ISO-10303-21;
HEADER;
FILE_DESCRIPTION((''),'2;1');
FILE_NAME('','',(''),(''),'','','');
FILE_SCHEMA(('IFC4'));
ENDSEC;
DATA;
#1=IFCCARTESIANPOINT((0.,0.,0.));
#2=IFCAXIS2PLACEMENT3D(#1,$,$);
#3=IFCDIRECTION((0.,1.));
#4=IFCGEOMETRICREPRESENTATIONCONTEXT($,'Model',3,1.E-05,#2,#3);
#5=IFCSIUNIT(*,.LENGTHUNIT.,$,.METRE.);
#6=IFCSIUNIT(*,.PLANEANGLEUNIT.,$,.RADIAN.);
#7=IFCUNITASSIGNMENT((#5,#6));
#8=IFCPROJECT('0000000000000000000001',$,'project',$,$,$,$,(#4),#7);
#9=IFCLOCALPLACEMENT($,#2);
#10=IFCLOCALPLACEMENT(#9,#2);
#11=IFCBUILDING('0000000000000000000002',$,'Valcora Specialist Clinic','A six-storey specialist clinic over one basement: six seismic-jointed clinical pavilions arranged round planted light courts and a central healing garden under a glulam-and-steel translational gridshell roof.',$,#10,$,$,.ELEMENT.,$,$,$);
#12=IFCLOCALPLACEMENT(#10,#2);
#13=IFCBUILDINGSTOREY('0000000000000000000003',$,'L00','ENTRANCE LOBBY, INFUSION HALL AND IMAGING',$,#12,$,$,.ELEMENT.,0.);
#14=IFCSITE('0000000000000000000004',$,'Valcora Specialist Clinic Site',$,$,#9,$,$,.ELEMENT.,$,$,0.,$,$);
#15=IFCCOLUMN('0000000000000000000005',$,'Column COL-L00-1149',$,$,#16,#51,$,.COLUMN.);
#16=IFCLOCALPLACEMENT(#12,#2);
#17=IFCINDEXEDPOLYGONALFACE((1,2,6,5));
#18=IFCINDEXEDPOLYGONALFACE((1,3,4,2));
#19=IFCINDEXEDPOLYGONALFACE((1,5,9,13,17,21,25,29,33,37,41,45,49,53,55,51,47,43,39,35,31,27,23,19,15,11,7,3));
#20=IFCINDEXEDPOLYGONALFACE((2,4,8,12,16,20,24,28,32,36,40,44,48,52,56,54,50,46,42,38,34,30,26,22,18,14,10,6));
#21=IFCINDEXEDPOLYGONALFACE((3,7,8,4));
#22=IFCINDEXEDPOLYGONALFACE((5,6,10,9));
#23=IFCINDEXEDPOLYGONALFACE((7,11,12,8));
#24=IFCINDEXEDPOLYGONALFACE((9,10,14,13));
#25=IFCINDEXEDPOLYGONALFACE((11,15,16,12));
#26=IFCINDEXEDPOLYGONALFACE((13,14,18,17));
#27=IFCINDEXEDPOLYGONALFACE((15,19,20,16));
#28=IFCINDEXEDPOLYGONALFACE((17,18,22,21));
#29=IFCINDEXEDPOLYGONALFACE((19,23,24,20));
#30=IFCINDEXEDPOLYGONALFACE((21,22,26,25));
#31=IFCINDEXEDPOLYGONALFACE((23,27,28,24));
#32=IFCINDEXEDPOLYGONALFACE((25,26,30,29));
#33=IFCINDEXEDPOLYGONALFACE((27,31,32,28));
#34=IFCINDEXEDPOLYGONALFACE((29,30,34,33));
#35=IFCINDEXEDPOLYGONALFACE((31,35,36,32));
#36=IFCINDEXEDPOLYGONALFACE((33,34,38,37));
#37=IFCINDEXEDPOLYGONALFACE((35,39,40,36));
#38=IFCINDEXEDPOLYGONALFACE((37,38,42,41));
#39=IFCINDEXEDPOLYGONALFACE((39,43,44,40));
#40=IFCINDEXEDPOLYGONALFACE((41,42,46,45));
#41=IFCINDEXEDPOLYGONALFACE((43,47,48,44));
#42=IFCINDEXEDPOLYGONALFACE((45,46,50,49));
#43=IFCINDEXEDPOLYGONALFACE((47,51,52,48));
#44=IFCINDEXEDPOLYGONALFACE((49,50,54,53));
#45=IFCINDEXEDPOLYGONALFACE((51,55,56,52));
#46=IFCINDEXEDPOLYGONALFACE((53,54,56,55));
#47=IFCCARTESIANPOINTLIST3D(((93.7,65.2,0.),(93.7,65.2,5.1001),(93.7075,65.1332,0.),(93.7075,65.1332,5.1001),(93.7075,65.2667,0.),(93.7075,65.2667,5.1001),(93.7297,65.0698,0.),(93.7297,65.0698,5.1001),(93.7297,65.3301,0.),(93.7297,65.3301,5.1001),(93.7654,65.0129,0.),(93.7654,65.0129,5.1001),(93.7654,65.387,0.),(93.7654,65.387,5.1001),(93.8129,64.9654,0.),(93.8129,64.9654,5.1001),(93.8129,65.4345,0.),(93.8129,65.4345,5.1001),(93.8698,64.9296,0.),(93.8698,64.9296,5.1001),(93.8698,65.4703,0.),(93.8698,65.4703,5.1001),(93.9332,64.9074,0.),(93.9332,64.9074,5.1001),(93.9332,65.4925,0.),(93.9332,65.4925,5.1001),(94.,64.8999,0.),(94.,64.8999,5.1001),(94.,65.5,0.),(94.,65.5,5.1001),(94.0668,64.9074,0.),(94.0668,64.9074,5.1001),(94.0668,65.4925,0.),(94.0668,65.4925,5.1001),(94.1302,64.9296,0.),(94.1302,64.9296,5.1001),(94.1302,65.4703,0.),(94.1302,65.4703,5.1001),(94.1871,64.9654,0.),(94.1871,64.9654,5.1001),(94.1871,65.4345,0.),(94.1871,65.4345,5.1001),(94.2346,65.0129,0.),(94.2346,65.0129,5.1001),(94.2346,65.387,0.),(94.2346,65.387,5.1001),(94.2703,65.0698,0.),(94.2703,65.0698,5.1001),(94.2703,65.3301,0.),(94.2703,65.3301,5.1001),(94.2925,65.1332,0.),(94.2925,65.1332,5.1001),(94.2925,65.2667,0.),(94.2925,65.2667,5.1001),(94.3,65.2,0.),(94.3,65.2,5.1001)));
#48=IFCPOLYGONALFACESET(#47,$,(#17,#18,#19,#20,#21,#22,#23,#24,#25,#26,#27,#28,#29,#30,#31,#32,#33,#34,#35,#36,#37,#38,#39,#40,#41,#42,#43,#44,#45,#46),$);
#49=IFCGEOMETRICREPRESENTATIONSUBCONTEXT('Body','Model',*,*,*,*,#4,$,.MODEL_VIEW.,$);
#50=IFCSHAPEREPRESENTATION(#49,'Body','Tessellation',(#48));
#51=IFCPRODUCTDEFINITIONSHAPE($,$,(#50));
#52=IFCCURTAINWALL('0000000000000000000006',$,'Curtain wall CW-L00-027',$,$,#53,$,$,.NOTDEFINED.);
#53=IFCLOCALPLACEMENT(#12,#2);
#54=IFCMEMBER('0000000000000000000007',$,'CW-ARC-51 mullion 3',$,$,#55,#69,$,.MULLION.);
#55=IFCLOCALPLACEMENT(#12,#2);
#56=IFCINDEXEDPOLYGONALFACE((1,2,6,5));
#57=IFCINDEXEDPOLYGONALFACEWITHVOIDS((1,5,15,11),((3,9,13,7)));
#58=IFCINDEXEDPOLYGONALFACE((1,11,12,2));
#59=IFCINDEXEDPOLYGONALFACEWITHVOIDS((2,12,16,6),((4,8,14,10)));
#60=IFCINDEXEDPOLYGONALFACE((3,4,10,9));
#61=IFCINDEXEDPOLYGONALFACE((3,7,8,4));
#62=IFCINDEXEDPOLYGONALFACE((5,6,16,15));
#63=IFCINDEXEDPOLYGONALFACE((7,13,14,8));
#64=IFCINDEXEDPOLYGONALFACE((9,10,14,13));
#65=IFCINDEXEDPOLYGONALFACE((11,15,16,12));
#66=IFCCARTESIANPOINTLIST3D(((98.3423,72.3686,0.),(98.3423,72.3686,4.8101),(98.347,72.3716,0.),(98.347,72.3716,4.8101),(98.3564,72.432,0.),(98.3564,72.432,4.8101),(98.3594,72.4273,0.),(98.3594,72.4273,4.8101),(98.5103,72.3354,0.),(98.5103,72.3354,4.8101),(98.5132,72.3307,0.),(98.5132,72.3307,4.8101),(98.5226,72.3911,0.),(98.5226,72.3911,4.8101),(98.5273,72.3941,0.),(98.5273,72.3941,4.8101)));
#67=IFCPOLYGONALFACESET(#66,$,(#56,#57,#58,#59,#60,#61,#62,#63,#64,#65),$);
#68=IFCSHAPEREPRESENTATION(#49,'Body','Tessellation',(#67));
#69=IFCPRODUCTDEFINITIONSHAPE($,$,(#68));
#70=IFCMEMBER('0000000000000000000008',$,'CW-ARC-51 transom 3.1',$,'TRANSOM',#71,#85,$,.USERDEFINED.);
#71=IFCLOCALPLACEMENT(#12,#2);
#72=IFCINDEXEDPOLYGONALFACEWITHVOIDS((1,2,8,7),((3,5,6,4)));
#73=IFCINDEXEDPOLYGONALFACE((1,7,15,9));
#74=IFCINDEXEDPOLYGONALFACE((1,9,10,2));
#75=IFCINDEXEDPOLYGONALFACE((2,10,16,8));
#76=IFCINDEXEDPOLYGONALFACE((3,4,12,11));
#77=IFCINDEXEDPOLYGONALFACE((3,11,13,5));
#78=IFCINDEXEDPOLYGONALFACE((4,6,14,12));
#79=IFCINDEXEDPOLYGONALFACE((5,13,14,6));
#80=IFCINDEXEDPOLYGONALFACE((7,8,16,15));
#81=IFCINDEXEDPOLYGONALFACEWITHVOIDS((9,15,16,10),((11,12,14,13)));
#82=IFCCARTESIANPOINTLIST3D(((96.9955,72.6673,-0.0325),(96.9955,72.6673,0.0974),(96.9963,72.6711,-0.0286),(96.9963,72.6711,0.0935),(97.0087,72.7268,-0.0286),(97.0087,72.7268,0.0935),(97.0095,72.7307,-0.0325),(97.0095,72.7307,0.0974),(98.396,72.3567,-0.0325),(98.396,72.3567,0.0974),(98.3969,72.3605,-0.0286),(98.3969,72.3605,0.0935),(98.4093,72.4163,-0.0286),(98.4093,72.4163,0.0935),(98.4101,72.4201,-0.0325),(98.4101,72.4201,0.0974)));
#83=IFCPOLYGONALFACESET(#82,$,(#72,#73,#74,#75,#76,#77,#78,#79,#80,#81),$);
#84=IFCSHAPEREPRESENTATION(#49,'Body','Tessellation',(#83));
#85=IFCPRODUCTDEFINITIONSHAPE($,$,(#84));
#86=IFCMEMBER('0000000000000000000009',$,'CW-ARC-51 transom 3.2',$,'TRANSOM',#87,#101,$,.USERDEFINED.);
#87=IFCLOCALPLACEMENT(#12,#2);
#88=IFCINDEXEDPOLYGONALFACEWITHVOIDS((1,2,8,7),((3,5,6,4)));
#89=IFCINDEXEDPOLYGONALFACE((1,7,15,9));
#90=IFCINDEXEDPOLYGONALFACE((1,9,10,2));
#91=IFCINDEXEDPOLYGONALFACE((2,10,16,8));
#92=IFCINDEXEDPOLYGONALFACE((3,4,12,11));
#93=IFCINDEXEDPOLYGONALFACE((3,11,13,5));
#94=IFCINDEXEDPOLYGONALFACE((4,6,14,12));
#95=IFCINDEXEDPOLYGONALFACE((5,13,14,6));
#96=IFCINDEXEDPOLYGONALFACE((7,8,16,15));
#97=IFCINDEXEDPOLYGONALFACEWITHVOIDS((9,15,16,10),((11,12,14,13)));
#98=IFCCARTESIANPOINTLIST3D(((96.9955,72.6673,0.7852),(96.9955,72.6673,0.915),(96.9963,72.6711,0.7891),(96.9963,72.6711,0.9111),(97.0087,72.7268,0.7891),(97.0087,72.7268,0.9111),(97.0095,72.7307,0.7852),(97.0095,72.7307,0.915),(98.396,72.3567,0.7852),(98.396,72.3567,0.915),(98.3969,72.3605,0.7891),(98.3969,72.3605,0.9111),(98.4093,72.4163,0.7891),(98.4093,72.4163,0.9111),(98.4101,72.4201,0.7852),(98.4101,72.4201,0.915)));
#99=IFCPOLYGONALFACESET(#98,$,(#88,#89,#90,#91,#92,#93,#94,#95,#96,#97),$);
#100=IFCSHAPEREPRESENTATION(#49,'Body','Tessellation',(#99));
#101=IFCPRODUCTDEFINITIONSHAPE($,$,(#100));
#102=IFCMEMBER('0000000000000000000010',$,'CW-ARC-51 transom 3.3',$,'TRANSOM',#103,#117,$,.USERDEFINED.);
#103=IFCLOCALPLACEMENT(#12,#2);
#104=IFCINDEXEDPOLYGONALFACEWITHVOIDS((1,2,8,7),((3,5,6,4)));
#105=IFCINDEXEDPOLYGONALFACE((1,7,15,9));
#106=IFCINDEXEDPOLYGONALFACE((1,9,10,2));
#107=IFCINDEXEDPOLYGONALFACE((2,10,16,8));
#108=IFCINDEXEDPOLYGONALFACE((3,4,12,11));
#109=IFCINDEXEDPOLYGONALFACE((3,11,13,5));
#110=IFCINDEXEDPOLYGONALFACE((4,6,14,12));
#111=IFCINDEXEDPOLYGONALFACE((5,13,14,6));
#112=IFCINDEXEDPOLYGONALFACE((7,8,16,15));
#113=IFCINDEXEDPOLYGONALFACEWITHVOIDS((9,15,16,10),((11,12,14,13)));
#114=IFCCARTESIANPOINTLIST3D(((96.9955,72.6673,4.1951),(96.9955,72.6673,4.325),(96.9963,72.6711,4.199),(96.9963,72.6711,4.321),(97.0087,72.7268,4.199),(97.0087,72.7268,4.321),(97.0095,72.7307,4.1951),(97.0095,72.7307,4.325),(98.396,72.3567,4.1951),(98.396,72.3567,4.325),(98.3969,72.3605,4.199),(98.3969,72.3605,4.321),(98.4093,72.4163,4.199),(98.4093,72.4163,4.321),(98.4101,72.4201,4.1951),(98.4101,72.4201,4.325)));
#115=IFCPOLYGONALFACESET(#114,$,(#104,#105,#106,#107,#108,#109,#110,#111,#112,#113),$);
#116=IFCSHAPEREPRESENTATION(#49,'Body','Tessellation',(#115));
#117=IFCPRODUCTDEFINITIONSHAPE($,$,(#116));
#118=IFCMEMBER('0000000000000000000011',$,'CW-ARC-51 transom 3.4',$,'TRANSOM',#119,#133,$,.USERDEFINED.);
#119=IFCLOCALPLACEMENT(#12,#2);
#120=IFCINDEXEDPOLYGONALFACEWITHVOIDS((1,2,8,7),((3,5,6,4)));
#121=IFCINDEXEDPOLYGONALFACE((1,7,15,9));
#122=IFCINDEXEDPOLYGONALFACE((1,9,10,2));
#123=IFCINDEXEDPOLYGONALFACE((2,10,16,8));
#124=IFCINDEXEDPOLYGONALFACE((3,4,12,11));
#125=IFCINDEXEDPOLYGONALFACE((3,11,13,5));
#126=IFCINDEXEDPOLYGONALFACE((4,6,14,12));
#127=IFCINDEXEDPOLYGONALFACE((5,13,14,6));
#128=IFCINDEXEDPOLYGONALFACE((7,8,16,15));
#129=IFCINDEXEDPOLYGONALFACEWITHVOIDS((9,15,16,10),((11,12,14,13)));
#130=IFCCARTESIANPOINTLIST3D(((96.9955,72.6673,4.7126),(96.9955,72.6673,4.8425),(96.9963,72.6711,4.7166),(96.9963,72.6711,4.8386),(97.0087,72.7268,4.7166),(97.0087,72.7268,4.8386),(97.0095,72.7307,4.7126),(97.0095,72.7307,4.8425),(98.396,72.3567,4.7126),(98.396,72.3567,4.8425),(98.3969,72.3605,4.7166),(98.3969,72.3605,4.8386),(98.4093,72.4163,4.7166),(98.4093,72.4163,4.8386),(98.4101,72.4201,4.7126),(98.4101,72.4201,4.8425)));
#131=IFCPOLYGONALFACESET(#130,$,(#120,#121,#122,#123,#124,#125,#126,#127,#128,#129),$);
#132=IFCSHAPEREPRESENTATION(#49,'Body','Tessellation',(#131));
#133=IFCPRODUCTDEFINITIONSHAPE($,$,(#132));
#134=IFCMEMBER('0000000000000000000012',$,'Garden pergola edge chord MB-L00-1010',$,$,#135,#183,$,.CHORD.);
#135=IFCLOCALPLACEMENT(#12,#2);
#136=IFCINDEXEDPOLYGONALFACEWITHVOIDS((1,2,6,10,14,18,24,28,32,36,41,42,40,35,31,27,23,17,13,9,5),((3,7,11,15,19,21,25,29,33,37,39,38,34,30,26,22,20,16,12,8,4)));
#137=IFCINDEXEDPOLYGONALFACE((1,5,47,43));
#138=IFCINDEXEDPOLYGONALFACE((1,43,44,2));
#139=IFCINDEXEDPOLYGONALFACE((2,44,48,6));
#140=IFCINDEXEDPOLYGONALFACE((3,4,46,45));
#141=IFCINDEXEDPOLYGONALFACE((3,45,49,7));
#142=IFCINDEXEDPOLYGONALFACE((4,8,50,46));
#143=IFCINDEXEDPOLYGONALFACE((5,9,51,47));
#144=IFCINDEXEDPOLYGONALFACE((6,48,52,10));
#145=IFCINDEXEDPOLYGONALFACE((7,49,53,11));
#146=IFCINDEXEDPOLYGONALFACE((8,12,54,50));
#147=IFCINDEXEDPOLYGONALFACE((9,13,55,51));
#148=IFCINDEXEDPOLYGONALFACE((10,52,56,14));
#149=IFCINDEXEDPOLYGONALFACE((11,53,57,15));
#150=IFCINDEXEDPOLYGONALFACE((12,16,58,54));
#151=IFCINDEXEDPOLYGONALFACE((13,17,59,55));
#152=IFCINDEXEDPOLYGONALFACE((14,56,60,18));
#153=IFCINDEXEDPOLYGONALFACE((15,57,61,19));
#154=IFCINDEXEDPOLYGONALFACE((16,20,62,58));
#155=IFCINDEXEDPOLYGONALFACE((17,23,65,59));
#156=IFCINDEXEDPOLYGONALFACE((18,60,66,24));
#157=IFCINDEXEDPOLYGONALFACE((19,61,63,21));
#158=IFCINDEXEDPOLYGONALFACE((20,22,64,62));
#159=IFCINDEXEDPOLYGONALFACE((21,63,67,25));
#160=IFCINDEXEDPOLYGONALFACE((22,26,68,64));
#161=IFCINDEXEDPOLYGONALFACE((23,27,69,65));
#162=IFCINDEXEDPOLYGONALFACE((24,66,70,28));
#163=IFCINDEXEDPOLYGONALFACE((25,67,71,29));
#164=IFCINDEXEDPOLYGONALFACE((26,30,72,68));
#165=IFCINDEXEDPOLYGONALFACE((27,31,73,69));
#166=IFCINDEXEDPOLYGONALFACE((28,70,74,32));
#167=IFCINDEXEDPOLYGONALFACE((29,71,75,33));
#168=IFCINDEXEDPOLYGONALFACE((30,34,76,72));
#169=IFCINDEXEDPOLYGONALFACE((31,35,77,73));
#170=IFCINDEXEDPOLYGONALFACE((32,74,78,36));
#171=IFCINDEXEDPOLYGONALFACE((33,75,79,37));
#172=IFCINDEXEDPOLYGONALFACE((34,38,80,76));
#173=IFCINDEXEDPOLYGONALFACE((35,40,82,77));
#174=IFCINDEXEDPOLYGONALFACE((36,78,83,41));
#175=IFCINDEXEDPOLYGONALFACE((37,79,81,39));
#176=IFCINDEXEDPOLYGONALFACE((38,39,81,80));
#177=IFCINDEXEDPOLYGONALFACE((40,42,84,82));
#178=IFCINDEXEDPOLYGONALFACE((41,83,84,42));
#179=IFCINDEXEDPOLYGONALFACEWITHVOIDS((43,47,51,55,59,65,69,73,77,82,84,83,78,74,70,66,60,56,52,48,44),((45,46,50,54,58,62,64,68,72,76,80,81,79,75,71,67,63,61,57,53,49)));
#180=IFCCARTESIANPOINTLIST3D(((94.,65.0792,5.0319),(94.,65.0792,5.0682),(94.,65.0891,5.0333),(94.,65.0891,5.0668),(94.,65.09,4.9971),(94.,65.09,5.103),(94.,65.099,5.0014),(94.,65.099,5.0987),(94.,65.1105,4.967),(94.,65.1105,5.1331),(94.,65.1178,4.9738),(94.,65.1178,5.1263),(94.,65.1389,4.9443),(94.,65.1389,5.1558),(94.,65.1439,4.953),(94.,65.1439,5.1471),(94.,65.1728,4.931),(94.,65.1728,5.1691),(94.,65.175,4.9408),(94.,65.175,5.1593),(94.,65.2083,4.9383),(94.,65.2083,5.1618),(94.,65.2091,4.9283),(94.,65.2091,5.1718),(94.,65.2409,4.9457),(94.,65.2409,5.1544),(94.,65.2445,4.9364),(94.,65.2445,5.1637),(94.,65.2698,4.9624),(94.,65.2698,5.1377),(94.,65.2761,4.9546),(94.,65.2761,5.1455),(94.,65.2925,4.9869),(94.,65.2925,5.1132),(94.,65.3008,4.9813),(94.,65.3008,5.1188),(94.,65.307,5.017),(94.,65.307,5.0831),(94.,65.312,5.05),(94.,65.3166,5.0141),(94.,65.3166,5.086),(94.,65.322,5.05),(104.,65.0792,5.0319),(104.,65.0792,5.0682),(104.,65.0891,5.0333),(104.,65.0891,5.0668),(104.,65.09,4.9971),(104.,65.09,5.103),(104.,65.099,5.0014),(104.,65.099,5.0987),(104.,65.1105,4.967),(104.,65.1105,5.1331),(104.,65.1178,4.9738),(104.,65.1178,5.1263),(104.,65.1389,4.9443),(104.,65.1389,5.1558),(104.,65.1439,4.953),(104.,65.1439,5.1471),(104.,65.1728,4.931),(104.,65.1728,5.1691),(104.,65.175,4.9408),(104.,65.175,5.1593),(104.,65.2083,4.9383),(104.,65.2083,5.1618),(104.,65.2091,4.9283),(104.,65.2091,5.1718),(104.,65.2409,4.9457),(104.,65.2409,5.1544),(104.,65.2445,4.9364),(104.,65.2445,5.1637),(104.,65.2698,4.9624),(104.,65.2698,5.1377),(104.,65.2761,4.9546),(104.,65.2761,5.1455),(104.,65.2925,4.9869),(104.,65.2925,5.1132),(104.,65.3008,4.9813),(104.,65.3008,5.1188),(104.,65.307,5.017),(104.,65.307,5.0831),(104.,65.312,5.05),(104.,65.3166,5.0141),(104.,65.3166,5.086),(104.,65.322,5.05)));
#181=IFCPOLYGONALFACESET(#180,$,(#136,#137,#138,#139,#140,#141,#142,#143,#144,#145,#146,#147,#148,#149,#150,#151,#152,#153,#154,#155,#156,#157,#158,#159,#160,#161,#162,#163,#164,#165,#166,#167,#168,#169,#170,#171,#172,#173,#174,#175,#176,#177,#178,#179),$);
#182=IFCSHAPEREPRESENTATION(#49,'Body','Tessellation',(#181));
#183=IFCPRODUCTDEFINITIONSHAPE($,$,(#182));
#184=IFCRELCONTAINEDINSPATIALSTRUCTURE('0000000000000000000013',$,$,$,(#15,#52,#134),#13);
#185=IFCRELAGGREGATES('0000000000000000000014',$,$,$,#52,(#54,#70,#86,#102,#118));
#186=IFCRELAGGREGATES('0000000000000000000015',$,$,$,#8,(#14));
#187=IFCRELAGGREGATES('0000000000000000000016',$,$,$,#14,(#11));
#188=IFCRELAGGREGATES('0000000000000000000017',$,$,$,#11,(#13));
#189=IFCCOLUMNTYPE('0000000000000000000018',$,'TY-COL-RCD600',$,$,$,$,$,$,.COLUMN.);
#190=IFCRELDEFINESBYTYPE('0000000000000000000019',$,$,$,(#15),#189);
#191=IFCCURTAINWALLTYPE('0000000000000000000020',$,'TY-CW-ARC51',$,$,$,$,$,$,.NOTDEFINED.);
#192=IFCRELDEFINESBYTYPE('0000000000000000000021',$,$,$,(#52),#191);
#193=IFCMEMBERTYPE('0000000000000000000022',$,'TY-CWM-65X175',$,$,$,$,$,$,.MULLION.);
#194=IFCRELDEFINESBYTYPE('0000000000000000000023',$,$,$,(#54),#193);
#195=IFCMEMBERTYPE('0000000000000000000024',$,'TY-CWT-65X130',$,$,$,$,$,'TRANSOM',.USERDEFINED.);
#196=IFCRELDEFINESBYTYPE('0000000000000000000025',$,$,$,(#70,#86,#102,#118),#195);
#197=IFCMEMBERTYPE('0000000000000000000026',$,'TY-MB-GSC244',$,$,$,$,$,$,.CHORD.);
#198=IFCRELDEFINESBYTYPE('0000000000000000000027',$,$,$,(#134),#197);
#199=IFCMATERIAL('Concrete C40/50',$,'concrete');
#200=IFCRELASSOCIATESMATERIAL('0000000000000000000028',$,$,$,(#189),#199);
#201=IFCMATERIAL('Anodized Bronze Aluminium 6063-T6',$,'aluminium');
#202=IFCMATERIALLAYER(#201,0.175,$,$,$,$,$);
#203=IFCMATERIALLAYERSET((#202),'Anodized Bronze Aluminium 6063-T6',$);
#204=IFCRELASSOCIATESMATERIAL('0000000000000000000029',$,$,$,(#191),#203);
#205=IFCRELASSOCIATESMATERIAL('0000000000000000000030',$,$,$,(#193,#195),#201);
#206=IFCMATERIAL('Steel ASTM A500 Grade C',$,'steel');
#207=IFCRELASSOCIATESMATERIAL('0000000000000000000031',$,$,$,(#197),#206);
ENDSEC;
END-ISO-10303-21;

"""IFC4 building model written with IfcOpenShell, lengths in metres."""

from ifc_helpers import new_model, si_unit, direction, frame, origin, origin_2d, place, context, subcontext, project, spatial, hollow_rectangle, circle, hollow_circle, extrude, material, layer, layer_set, material_profile, profile_set, type_object, element, aggregate, save


model = new_model("IFC4")

# Units and contexts
model_context = context("Model", 3, precision=1e-05, world=origin(), true_north=direction((0.0, 1.0)))
body_context = subcontext(model_context, "Body", "Model", "MODEL_VIEW")
ifc_project = project(units=[si_unit("LENGTHUNIT", "METRE"), si_unit("PLANEANGLEUNIT", "RADIAN")], contexts=[model_context])

# Site, building, storey
site_placement = place(None, origin())
site = spatial("IfcSite", under=ifc_project, at=site_placement, Name="Valcora Specialist Clinic Site", CompositionType="ELEMENT", RefElevation=0.0)
building_placement = place(site_placement, origin())
building = spatial("IfcBuilding", under=site, at=building_placement, Name="Valcora Specialist Clinic", Description="A six-storey specialist clinic over one basement: six seismic-jointed clinical pavilions arranged round planted light courts and a central healing garden under a glulam-and-steel translational gridshell roof.", CompositionType="ELEMENT")
storey_placement = place(building_placement, origin())
storey = spatial("IfcBuildingStorey", under=building, at=storey_placement, Name="L00", Description="ENTRANCE LOBBY, INFUSION HALL AND IMAGING", CompositionType="ELEMENT", Elevation=0.0)

# Column
ifc_material_1 = material(Name="Concrete C40/50", Category="concrete")
ifc_material_profile_1 = material_profile(ifc_material_1, circle(Radius=0.3, at=origin_2d()), Name="RC-COL-D600")
ifc_profile_set_1 = profile_set([ifc_material_profile_1], Name="Concrete C40/50")
column_type = type_object("IfcColumnType", Name="TY-COL-RCD600", PredefinedType="COLUMN", material=ifc_profile_set_1)
column_placement = place(storey_placement, frame((94.0, 65.2, 0.0), z_axis=(0.0, 0.0, 1.0), x_axis=(1.0, 0.0, 0.0)))
element("IfcColumn", 1, at=column_placement, inside=storey, type_object=column_type, Name="Column COL-L00-1149", PredefinedType="COLUMN", context=body_context, shape_type="SweptSolid", body=[
    extrude(circle(Radius=0.3, at=origin_2d()), origin(), (0.0, 0.0, 1.0), 5.1001),
])

# Curtain wall, members
ifc_material_2 = material(Name="Anodized Bronze Aluminium 6063-T6", Category="aluminium")
ifc_layer_1 = layer(ifc_material_2, 0.175)
ifc_layer_set_1 = layer_set([ifc_layer_1], Name="Anodized Bronze Aluminium 6063-T6")
curtain_wall_type = type_object("IfcCurtainWallType", Name="TY-CW-ARC51", PredefinedType="NOTDEFINED", material=ifc_layer_set_1)
curtain_wall_placement = place(storey_placement, origin())
curtain_wall = element("IfcCurtainWall", 2, at=curtain_wall_placement, inside=storey, type_object=curtain_wall_type, Name="Curtain wall CW-L00-027", PredefinedType="NOTDEFINED")
ifc_material_profile_2 = material_profile(ifc_material_2, hollow_rectangle(XDim=0.0649, YDim=0.175, WallThickness=0.0039, at=origin_2d()), Name="AL-MUL-65X175")
ifc_profile_set_2 = profile_set([ifc_material_profile_2], Name="Anodized Bronze Aluminium 6063-T6")
member_type_1 = type_object("IfcMemberType", Name="TY-CWM-65X175", PredefinedType="MULLION", material=ifc_profile_set_2)
member_1_placement = place(storey_placement, frame((98.4348, 72.3813, 0.0), z_axis=(0.0, 0.0, 1.0), x_axis=(-0.216518, -0.976279, 0.0)))
member_1 = element("IfcMember", 3, at=member_1_placement, type_object=member_type_1, Name="CW-ARC-51 mullion 3", PredefinedType="MULLION", context=body_context, shape_type="SweptSolid", body=[
    extrude(hollow_rectangle(XDim=0.0649, YDim=0.175, WallThickness=0.0039, at=origin_2d()), origin(), (0.0, 0.0, 1.0), 4.8101),
])
ifc_material_profile_3 = material_profile(ifc_material_2, hollow_rectangle(XDim=0.0649, YDim=0.1299, WallThickness=0.0039, at=origin_2d()), Name="AL-TRN-65X130")
ifc_profile_set_3 = profile_set([ifc_material_profile_3], Name="Anodized Bronze Aluminium 6063-T6")
member_type_2 = type_object("IfcMemberType", Name="TY-CWT-65X130", ElementType="TRANSOM", PredefinedType="USERDEFINED", material=ifc_profile_set_3)
member_2_placement = place(storey_placement, frame((98.4031, 72.3884, 0.0325), z_axis=(-0.976291, 0.216462, 0.0), x_axis=(-0.216462, -0.976291, 0.0)))
member_2 = element("IfcMember", 4, at=member_2_placement, type_object=member_type_2, Name="CW-ARC-51 transom 3.1", ObjectType="TRANSOM", PredefinedType="USERDEFINED", context=body_context, shape_type="SweptSolid", body=[
    extrude(hollow_rectangle(XDim=0.0649, YDim=0.1299, WallThickness=0.0039, at=origin_2d()), origin(), (0.0, 0.0, 1.0), 1.4346),
])
member_3_placement = place(storey_placement, frame((98.4031, 72.3884, 0.8501), z_axis=(-0.976291, 0.216462, 0.0), x_axis=(-0.216462, -0.976291, 0.0)))
member_3 = element("IfcMember", 5, at=member_3_placement, type_object=member_type_2, Name="CW-ARC-51 transom 3.2", ObjectType="TRANSOM", PredefinedType="USERDEFINED", context=body_context, shape_type="SweptSolid", body=[
    extrude(hollow_rectangle(XDim=0.0649, YDim=0.1299, WallThickness=0.0039, at=origin_2d()), origin(), (0.0, 0.0, 1.0), 1.4346),
])
member_4_placement = place(storey_placement, frame((98.4031, 72.3884, 4.26), z_axis=(-0.976291, 0.216462, 0.0), x_axis=(-0.216462, -0.976291, 0.0)))
member_4 = element("IfcMember", 6, at=member_4_placement, type_object=member_type_2, Name="CW-ARC-51 transom 3.3", ObjectType="TRANSOM", PredefinedType="USERDEFINED", context=body_context, shape_type="SweptSolid", body=[
    extrude(hollow_rectangle(XDim=0.0649, YDim=0.1299, WallThickness=0.0039, at=origin_2d()), origin(), (0.0, 0.0, 1.0), 1.4346),
])
member_5_placement = place(storey_placement, frame((98.4031, 72.3884, 4.7776), z_axis=(-0.976291, 0.216462, 0.0), x_axis=(-0.216462, -0.976291, 0.0)))
member_5 = element("IfcMember", 7, at=member_5_placement, type_object=member_type_2, Name="CW-ARC-51 transom 3.4", ObjectType="TRANSOM", PredefinedType="USERDEFINED", context=body_context, shape_type="SweptSolid", body=[
    extrude(hollow_rectangle(XDim=0.0649, YDim=0.1299, WallThickness=0.0039, at=origin_2d()), origin(), (0.0, 0.0, 1.0), 1.4346),
])

# Member
ifc_material_3 = material(Name="Steel ASTM A500 Grade C", Category="steel")
ifc_material_profile_4 = material_profile(ifc_material_3, hollow_circle(Radius=0.1221, WallThickness=0.01, at=origin_2d()), Name="ST-CHS-244X10")
ifc_profile_set_4 = profile_set([ifc_material_profile_4], Name="Steel ASTM A500 Grade C")
member_type_3 = type_object("IfcMemberType", Name="TY-MB-GSC244", PredefinedType="CHORD", material=ifc_profile_set_4)
member_6_placement = place(storey_placement, frame((94.0, 65.2, 5.05), z_axis=(1.0, 0.0, 0.0), x_axis=(0.0, 1.0, 0.0)))
element("IfcMember", 8, at=member_6_placement, inside=storey, type_object=member_type_3, Name="Garden pergola edge chord MB-L00-1010", PredefinedType="CHORD", context=body_context, shape_type="SweptSolid", body=[
    extrude(hollow_circle(Radius=0.1221, WallThickness=0.01, at=origin_2d()), origin(), (0.0, 0.0, 1.0), 10.0),
])

aggregate(curtain_wall, [member_1, member_2, member_3, member_4, member_5])

save(model, "model.ifc")
